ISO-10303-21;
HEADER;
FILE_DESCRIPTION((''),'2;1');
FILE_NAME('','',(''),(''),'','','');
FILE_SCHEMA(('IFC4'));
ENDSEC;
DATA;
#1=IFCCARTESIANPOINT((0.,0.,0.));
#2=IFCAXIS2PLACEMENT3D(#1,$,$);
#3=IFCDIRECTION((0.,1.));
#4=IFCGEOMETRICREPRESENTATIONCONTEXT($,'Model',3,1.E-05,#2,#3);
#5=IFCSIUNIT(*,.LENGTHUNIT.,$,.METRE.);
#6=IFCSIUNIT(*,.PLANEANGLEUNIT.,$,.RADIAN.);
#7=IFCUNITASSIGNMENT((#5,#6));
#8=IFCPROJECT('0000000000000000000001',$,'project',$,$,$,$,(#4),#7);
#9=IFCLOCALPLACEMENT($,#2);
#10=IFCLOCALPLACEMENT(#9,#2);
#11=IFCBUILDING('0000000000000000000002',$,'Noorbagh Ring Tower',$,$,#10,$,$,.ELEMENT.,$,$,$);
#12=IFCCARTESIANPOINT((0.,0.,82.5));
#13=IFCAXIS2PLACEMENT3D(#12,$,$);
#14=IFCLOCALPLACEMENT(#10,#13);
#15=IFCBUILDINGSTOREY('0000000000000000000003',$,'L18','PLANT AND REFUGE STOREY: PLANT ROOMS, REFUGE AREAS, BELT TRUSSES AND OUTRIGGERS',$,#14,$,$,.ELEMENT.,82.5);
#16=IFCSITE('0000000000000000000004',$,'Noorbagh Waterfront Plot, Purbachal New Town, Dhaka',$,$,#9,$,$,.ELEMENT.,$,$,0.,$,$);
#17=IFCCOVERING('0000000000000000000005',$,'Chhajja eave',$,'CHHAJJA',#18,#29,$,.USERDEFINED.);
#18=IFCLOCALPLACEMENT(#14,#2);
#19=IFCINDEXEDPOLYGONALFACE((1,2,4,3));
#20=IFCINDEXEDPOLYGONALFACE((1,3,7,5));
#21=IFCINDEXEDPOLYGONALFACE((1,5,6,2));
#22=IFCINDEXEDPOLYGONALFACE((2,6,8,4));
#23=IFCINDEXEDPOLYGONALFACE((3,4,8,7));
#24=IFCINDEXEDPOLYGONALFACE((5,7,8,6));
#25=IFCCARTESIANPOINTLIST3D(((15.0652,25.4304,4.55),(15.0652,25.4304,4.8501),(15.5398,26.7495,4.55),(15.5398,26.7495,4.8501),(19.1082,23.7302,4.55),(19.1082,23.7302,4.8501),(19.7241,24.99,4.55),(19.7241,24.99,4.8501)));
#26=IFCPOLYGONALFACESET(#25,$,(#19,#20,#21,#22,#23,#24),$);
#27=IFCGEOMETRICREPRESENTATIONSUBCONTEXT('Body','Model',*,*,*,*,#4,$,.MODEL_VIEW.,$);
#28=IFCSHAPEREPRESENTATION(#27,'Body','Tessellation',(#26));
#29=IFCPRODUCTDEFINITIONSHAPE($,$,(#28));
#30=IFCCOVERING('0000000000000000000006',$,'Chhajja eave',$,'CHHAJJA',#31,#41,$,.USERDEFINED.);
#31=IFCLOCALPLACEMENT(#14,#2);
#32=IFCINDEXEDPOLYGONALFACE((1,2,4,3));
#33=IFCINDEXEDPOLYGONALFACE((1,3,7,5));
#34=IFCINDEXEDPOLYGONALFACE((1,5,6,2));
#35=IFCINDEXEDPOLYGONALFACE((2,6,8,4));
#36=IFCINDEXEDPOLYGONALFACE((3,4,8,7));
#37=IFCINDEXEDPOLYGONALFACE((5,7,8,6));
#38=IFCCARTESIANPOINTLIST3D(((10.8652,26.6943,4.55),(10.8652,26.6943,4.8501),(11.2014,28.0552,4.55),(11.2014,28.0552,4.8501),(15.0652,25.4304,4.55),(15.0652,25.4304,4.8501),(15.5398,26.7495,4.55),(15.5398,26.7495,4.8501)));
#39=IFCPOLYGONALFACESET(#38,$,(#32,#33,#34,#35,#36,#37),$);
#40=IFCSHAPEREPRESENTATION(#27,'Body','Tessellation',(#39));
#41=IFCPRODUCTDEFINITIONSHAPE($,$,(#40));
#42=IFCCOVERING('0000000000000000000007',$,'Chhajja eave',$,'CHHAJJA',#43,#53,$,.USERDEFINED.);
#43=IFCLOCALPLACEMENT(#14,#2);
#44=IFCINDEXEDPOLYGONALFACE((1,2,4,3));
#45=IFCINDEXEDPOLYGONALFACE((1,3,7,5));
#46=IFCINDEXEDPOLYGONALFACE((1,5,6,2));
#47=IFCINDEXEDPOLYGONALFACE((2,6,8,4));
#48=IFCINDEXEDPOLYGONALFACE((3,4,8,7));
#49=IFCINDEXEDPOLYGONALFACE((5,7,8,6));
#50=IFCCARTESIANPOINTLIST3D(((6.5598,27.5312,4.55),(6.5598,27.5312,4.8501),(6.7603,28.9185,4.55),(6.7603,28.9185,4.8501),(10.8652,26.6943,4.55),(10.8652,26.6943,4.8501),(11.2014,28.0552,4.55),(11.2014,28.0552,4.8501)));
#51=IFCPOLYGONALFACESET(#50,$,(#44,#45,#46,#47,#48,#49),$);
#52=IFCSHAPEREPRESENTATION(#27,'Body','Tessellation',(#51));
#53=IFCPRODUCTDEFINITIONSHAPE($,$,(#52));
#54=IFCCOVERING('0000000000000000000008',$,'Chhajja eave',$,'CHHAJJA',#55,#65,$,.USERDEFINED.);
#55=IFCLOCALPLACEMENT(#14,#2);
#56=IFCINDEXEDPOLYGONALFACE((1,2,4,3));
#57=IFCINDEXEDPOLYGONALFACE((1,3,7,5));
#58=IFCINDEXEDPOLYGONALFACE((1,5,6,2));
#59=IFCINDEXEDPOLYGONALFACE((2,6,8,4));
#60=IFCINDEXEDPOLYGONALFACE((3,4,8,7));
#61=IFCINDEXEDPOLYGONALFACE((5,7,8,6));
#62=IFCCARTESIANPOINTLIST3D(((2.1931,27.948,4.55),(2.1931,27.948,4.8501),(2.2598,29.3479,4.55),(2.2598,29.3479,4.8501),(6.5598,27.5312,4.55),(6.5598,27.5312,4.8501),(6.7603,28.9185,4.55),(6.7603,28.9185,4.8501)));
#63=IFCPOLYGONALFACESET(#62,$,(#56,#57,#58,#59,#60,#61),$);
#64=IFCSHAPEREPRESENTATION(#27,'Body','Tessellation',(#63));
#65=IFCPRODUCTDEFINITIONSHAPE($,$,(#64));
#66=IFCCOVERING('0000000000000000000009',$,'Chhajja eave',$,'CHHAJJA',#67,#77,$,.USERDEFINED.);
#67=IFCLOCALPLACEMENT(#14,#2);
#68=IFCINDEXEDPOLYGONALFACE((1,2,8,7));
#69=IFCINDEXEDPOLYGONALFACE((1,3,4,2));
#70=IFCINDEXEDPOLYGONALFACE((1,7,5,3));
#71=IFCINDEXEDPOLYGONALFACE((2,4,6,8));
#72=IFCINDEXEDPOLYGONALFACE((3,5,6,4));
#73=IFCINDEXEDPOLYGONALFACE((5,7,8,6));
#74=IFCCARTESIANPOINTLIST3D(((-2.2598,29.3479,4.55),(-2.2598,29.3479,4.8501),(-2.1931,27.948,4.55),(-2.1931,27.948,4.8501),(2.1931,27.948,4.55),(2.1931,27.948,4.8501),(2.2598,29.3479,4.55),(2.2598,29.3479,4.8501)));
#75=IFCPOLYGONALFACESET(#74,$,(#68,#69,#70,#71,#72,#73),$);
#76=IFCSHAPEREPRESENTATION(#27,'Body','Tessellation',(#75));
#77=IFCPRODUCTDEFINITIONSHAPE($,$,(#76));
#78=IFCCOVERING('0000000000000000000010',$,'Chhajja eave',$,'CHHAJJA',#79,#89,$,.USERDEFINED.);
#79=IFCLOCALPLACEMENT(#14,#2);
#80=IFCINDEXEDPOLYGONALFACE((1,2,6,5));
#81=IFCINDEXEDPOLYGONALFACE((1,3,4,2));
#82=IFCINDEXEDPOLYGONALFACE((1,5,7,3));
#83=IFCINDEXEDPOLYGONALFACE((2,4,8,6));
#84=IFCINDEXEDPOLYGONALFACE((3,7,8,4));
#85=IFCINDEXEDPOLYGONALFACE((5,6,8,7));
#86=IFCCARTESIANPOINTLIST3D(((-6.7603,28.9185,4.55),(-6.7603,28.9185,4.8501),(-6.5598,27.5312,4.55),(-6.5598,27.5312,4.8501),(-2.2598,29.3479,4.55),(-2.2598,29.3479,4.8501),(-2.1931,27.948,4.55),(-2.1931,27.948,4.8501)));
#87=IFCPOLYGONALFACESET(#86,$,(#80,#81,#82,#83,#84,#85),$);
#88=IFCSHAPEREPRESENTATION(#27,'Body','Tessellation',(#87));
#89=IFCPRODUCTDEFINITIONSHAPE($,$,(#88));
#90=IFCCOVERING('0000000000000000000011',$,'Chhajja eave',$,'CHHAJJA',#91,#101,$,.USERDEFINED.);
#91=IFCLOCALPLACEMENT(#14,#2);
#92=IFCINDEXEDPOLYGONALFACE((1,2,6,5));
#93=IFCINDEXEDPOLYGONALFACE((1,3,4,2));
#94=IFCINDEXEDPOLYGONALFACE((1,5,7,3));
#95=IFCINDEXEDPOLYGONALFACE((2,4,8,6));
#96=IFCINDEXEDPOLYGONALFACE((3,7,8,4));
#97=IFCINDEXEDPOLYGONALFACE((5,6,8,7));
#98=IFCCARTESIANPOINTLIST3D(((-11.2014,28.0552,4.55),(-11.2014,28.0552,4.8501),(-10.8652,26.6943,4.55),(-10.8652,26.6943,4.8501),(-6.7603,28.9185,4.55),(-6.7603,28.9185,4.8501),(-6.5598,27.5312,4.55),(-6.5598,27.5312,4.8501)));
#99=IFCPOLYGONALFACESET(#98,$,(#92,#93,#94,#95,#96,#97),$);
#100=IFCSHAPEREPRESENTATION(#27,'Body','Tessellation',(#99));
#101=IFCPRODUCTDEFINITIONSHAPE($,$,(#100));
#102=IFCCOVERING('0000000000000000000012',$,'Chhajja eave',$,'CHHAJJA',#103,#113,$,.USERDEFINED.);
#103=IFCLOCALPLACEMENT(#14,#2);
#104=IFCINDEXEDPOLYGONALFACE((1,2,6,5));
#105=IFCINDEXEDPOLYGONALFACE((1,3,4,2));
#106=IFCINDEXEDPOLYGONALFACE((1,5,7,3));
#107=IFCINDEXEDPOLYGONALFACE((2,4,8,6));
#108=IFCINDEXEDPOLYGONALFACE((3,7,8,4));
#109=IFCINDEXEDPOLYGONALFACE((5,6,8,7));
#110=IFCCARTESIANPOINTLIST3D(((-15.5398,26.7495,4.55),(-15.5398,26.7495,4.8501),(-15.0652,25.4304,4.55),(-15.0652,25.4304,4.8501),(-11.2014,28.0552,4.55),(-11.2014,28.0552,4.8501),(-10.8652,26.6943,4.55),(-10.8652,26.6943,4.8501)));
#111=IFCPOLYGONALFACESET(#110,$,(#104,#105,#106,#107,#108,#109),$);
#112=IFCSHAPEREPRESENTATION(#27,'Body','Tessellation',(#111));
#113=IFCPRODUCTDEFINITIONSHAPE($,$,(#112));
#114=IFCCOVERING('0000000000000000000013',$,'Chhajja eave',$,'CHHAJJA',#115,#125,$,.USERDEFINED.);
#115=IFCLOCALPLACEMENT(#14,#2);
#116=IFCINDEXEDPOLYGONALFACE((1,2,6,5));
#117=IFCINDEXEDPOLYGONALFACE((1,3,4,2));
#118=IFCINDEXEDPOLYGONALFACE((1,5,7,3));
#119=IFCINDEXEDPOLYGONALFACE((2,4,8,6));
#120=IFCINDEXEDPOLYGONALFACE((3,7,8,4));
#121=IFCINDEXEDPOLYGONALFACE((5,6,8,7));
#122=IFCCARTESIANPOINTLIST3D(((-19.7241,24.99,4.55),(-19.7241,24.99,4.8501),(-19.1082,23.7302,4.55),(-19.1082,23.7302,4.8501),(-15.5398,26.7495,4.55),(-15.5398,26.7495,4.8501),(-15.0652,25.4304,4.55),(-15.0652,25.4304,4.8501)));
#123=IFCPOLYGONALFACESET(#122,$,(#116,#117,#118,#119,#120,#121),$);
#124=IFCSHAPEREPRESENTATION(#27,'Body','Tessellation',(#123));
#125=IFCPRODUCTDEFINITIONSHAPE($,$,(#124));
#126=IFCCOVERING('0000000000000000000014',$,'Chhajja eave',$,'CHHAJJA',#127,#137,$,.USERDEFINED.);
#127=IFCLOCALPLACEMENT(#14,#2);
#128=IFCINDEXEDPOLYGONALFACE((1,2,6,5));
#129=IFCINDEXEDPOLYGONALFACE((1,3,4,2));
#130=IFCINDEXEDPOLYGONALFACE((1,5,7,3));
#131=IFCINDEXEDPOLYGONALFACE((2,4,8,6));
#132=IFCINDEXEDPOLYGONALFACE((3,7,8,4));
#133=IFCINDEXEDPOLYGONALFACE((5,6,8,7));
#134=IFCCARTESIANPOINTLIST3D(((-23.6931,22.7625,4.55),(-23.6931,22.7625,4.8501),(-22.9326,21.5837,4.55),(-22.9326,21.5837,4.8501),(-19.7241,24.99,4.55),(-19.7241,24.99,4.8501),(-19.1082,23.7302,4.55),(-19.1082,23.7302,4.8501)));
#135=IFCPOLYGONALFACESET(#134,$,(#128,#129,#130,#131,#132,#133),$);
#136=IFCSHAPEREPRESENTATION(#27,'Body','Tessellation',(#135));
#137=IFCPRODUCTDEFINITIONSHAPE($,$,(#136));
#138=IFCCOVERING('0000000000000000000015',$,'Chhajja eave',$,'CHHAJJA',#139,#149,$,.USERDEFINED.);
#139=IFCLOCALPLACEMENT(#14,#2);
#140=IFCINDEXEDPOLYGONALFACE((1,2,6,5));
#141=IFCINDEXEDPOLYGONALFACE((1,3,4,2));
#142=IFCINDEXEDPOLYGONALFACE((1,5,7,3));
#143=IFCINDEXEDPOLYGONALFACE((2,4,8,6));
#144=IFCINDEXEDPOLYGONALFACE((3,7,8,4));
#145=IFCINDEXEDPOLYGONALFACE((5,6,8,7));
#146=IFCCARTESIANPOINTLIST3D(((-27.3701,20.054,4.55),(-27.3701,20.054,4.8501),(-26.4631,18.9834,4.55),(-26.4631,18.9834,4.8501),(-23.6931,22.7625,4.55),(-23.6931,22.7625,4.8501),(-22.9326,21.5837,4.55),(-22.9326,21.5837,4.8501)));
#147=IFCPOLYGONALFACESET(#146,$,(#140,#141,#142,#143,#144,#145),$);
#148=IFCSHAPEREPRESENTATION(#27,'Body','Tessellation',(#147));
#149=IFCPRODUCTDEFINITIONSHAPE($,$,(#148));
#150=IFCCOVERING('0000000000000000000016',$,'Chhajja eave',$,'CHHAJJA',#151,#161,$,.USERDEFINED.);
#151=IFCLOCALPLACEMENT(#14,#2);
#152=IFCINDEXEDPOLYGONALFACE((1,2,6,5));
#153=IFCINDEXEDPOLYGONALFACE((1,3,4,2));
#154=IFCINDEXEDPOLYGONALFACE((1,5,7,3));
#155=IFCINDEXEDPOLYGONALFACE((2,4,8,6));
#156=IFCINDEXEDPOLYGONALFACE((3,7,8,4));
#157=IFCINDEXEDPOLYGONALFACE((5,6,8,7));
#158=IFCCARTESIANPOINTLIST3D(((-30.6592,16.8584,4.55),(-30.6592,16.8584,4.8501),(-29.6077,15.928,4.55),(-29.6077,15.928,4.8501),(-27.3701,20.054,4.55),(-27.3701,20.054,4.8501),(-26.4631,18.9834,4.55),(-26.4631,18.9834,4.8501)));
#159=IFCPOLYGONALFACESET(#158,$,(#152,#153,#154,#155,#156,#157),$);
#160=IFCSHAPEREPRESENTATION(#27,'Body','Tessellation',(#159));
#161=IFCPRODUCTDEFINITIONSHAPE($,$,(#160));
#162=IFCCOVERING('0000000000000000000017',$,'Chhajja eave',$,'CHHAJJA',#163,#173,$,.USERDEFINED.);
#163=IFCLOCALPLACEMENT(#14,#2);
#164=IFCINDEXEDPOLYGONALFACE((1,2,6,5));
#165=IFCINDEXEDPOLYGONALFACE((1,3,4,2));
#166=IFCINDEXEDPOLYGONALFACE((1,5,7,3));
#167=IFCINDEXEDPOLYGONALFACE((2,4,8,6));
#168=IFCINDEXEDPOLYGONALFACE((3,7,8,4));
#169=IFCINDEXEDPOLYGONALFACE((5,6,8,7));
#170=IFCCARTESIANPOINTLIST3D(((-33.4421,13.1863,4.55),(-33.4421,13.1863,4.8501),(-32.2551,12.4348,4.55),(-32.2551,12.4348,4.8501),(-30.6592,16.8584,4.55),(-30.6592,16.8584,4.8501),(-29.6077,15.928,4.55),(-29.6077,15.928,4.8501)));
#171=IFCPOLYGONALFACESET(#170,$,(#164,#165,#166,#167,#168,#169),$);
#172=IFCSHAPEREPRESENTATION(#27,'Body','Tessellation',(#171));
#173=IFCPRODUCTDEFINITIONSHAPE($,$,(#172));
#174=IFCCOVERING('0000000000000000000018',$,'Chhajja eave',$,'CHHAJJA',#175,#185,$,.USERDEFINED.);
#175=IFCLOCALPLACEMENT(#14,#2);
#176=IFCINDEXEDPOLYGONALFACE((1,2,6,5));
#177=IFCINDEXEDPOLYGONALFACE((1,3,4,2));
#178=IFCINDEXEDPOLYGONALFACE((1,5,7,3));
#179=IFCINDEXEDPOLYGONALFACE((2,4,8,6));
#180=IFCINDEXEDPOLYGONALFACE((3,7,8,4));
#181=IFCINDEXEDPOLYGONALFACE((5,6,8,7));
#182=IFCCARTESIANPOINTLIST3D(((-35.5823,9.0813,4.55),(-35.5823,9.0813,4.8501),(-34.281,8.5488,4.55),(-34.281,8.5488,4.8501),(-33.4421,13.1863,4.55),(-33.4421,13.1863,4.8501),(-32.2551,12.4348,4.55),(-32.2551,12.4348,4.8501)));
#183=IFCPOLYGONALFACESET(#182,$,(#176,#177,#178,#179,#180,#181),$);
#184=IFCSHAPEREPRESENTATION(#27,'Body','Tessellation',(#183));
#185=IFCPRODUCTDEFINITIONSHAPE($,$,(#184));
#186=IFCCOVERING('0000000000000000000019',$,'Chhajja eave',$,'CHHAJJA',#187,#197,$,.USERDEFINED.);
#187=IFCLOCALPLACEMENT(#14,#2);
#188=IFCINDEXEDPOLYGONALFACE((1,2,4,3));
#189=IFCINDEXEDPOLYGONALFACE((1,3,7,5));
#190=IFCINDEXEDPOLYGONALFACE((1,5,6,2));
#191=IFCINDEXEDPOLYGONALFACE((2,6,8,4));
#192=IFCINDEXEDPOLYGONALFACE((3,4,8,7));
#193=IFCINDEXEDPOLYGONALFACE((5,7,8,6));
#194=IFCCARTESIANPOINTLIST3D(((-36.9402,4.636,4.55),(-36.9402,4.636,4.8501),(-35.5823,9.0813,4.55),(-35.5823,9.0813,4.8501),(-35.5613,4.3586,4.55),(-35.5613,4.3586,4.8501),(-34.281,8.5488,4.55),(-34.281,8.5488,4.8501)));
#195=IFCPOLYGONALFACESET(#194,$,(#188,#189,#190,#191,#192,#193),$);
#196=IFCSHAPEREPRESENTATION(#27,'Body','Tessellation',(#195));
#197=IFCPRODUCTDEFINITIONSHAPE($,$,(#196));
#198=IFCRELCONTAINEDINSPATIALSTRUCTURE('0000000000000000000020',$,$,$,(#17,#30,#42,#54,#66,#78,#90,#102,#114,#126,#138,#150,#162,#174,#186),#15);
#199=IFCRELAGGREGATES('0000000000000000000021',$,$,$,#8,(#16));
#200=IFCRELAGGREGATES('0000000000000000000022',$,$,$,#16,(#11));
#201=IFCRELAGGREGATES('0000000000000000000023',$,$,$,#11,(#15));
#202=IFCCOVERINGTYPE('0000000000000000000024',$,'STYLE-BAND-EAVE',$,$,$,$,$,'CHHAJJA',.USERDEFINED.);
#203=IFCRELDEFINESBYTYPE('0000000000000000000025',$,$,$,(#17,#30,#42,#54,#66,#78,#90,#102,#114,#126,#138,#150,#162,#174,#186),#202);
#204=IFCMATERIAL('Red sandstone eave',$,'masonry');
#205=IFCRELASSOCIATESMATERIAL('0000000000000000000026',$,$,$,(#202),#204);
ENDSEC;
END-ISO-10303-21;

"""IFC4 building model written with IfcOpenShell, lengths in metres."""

from ifc_helpers import new_model, si_unit, direction, frame, origin, place, context, subcontext, project, spatial, polyline, outline, extrude, material, type_object, element, save


model = new_model("IFC4")

# Units and contexts
model_context = context("Model", 3, precision=1e-05, world=origin(), true_north=direction((0.0, 1.0)))
body_context = subcontext(model_context, "Body", "Model", "MODEL_VIEW")
ifc_project = project(units=[si_unit("LENGTHUNIT", "METRE"), si_unit("PLANEANGLEUNIT", "RADIAN")], contexts=[model_context])

# Site, building, storey
site_placement = place(None, origin())
site = spatial("IfcSite", under=ifc_project, at=site_placement, Name="Noorbagh Waterfront Plot, Purbachal New Town, Dhaka", CompositionType="ELEMENT", RefElevation=0.0)
building_placement = place(site_placement, origin())
building = spatial("IfcBuilding", under=site, at=building_placement, Name="Noorbagh Ring Tower", CompositionType="ELEMENT")
storey_placement = place(building_placement, frame((0.0, 0.0, 82.5)))
storey = spatial("IfcBuildingStorey", under=building, at=storey_placement, Name="L18", Description="PLANT AND REFUGE STOREY: PLANT ROOMS, REFUGE AREAS, BELT TRUSSES AND OUTRIGGERS", CompositionType="ELEMENT", Elevation=82.5)

# Coverings
ifc_material_1 = material(Name="Red sandstone eave", Category="masonry")
covering_type_1 = type_object("IfcCoveringType", Name="STYLE-BAND-EAVE", ElementType="CHHAJJA", PredefinedType="USERDEFINED", material=ifc_material_1)
covering_1_placement = place(storey_placement, frame((0.0, 0.0, 4.55)))
element("IfcCovering", 1, at=covering_1_placement, inside=storey, type_object=covering_type_1, Name="Chhajja eave", ObjectType="CHHAJJA", PredefinedType="USERDEFINED", context=body_context, shape_type="SweptSolid", body=[
    extrude(outline(polyline([(19.1082, 23.7302), (15.0652, 25.4304), (15.5398, 26.7495), (19.7241, 24.99), (19.1082, 23.7302)])), origin(), (0.0, 0.0, 1.0), 0.3),
])
covering_2_placement = place(storey_placement, frame((0.0, 0.0, 4.55)))
element("IfcCovering", 2, at=covering_2_placement, inside=storey, type_object=covering_type_1, Name="Chhajja eave", ObjectType="CHHAJJA", PredefinedType="USERDEFINED", context=body_context, shape_type="SweptSolid", body=[
    extrude(outline(polyline([(15.0652, 25.4304), (10.8652, 26.6943), (11.2014, 28.0552), (15.5398, 26.7495), (15.0652, 25.4304)])), origin(), (0.0, 0.0, 1.0), 0.3),
])
covering_3_placement = place(storey_placement, frame((0.0, 0.0, 4.55)))
element("IfcCovering", 3, at=covering_3_placement, inside=storey, type_object=covering_type_1, Name="Chhajja eave", ObjectType="CHHAJJA", PredefinedType="USERDEFINED", context=body_context, shape_type="SweptSolid", body=[
    extrude(outline(polyline([(10.8652, 26.6943), (6.5598, 27.5312), (6.7603, 28.9185), (11.2014, 28.0552), (10.8652, 26.6943)])), origin(), (0.0, 0.0, 1.0), 0.3),
])
covering_4_placement = place(storey_placement, frame((0.0, 0.0, 4.55)))
element("IfcCovering", 4, at=covering_4_placement, inside=storey, type_object=covering_type_1, Name="Chhajja eave", ObjectType="CHHAJJA", PredefinedType="USERDEFINED", context=body_context, shape_type="SweptSolid", body=[
    extrude(outline(polyline([(6.5598, 27.5312), (2.1931, 27.948), (2.2598, 29.3479), (6.7603, 28.9185), (6.5598, 27.5312)])), origin(), (0.0, 0.0, 1.0), 0.3),
])
covering_5_placement = place(storey_placement, frame((0.0, 0.0, 4.55)))
element("IfcCovering", 5, at=covering_5_placement, inside=storey, type_object=covering_type_1, Name="Chhajja eave", ObjectType="CHHAJJA", PredefinedType="USERDEFINED", context=body_context, shape_type="SweptSolid", body=[
    extrude(outline(polyline([(2.1931, 27.948), (-2.1931, 27.948), (-2.2598, 29.3479), (2.2598, 29.3479), (2.1931, 27.948)])), origin(), (0.0, 0.0, 1.0), 0.3),
])
covering_6_placement = place(storey_placement, frame((0.0, 0.0, 4.55)))
element("IfcCovering", 6, at=covering_6_placement, inside=storey, type_object=covering_type_1, Name="Chhajja eave", ObjectType="CHHAJJA", PredefinedType="USERDEFINED", context=body_context, shape_type="SweptSolid", body=[
    extrude(outline(polyline([(-2.1931, 27.948), (-6.5598, 27.5312), (-6.7603, 28.9185), (-2.2598, 29.3479), (-2.1931, 27.948)])), origin(), (0.0, 0.0, 1.0), 0.3),
])
covering_7_placement = place(storey_placement, frame((0.0, 0.0, 4.55)))
element("IfcCovering", 7, at=covering_7_placement, inside=storey, type_object=covering_type_1, Name="Chhajja eave", ObjectType="CHHAJJA", PredefinedType="USERDEFINED", context=body_context, shape_type="SweptSolid", body=[
    extrude(outline(polyline([(-6.5598, 27.5312), (-10.8652, 26.6943), (-11.2014, 28.0552), (-6.7603, 28.9185), (-6.5598, 27.5312)])), origin(), (0.0, 0.0, 1.0), 0.3),
])
covering_8_placement = place(storey_placement, frame((0.0, 0.0, 4.55)))
element("IfcCovering", 8, at=covering_8_placement, inside=storey, type_object=covering_type_1, Name="Chhajja eave", ObjectType="CHHAJJA", PredefinedType="USERDEFINED", context=body_context, shape_type="SweptSolid", body=[
    extrude(outline(polyline([(-10.8652, 26.6943), (-15.0652, 25.4304), (-15.5398, 26.7495), (-11.2014, 28.0552), (-10.8652, 26.6943)])), origin(), (0.0, 0.0, 1.0), 0.3),
])
covering_9_placement = place(storey_placement, frame((0.0, 0.0, 4.55)))
element("IfcCovering", 9, at=covering_9_placement, inside=storey, type_object=covering_type_1, Name="Chhajja eave", ObjectType="CHHAJJA", PredefinedType="USERDEFINED", context=body_context, shape_type="SweptSolid", body=[
    extrude(outline(polyline([(-15.0652, 25.4304), (-19.1082, 23.7302), (-19.7241, 24.99), (-15.5398, 26.7495), (-15.0652, 25.4304)])), origin(), (0.0, 0.0, 1.0), 0.3),
])
covering_10_placement = place(storey_placement, frame((0.0, 0.0, 4.55)))
element("IfcCovering", 10, at=covering_10_placement, inside=storey, type_object=covering_type_1, Name="Chhajja eave", ObjectType="CHHAJJA", PredefinedType="USERDEFINED", context=body_context, shape_type="SweptSolid", body=[
    extrude(outline(polyline([(-19.1082, 23.7302), (-22.9326, 21.5837), (-23.6931, 22.7625), (-19.7241, 24.99), (-19.1082, 23.7302)])), origin(), (0.0, 0.0, 1.0), 0.3),
])
covering_11_placement = place(storey_placement, frame((0.0, 0.0, 4.55)))
element("IfcCovering", 11, at=covering_11_placement, inside=storey, type_object=covering_type_1, Name="Chhajja eave", ObjectType="CHHAJJA", PredefinedType="USERDEFINED", context=body_context, shape_type="SweptSolid", body=[
    extrude(outline(polyline([(-22.9326, 21.5837), (-26.4631, 18.9834), (-27.3701, 20.054), (-23.6931, 22.7625), (-22.9326, 21.5837)])), origin(), (0.0, 0.0, 1.0), 0.3),
])
covering_12_placement = place(storey_placement, frame((0.0, 0.0, 4.55)))
element("IfcCovering", 12, at=covering_12_placement, inside=storey, type_object=covering_type_1, Name="Chhajja eave", ObjectType="CHHAJJA", PredefinedType="USERDEFINED", context=body_context, shape_type="SweptSolid", body=[
    extrude(outline(polyline([(-26.4631, 18.9834), (-29.6077, 15.928), (-30.6592, 16.8584), (-27.3701, 20.054), (-26.4631, 18.9834)])), origin(), (0.0, 0.0, 1.0), 0.3),
])
covering_13_placement = place(storey_placement, frame((0.0, 0.0, 4.55)))
element("IfcCovering", 13, at=covering_13_placement, inside=storey, type_object=covering_type_1, Name="Chhajja eave", ObjectType="CHHAJJA", PredefinedType="USERDEFINED", context=body_context, shape_type="SweptSolid", body=[
    extrude(outline(polyline([(-29.6077, 15.928), (-32.2551, 12.4348), (-33.4421, 13.1863), (-30.6592, 16.8584), (-29.6077, 15.928)])), origin(), (0.0, 0.0, 1.0), 0.3),
])
covering_14_placement = place(storey_placement, frame((0.0, 0.0, 4.55)))
element("IfcCovering", 14, at=covering_14_placement, inside=storey, type_object=covering_type_1, Name="Chhajja eave", ObjectType="CHHAJJA", PredefinedType="USERDEFINED", context=body_context, shape_type="SweptSolid", body=[
    extrude(outline(polyline([(-32.2551, 12.4348), (-34.281, 8.5488), (-35.5823, 9.0813), (-33.4421, 13.1863), (-32.2551, 12.4348)])), origin(), (0.0, 0.0, 1.0), 0.3),
])
covering_15_placement = place(storey_placement, frame((0.0, 0.0, 4.55)))
element("IfcCovering", 15, at=covering_15_placement, inside=storey, type_object=covering_type_1, Name="Chhajja eave", ObjectType="CHHAJJA", PredefinedType="USERDEFINED", context=body_context, shape_type="SweptSolid", body=[
    extrude(outline(polyline([(-34.281, 8.5488), (-35.5613, 4.3586), (-36.9402, 4.636), (-35.5823, 9.0813), (-34.281, 8.5488)])), origin(), (0.0, 0.0, 1.0), 0.3),
])

save(model, "model.ifc")
